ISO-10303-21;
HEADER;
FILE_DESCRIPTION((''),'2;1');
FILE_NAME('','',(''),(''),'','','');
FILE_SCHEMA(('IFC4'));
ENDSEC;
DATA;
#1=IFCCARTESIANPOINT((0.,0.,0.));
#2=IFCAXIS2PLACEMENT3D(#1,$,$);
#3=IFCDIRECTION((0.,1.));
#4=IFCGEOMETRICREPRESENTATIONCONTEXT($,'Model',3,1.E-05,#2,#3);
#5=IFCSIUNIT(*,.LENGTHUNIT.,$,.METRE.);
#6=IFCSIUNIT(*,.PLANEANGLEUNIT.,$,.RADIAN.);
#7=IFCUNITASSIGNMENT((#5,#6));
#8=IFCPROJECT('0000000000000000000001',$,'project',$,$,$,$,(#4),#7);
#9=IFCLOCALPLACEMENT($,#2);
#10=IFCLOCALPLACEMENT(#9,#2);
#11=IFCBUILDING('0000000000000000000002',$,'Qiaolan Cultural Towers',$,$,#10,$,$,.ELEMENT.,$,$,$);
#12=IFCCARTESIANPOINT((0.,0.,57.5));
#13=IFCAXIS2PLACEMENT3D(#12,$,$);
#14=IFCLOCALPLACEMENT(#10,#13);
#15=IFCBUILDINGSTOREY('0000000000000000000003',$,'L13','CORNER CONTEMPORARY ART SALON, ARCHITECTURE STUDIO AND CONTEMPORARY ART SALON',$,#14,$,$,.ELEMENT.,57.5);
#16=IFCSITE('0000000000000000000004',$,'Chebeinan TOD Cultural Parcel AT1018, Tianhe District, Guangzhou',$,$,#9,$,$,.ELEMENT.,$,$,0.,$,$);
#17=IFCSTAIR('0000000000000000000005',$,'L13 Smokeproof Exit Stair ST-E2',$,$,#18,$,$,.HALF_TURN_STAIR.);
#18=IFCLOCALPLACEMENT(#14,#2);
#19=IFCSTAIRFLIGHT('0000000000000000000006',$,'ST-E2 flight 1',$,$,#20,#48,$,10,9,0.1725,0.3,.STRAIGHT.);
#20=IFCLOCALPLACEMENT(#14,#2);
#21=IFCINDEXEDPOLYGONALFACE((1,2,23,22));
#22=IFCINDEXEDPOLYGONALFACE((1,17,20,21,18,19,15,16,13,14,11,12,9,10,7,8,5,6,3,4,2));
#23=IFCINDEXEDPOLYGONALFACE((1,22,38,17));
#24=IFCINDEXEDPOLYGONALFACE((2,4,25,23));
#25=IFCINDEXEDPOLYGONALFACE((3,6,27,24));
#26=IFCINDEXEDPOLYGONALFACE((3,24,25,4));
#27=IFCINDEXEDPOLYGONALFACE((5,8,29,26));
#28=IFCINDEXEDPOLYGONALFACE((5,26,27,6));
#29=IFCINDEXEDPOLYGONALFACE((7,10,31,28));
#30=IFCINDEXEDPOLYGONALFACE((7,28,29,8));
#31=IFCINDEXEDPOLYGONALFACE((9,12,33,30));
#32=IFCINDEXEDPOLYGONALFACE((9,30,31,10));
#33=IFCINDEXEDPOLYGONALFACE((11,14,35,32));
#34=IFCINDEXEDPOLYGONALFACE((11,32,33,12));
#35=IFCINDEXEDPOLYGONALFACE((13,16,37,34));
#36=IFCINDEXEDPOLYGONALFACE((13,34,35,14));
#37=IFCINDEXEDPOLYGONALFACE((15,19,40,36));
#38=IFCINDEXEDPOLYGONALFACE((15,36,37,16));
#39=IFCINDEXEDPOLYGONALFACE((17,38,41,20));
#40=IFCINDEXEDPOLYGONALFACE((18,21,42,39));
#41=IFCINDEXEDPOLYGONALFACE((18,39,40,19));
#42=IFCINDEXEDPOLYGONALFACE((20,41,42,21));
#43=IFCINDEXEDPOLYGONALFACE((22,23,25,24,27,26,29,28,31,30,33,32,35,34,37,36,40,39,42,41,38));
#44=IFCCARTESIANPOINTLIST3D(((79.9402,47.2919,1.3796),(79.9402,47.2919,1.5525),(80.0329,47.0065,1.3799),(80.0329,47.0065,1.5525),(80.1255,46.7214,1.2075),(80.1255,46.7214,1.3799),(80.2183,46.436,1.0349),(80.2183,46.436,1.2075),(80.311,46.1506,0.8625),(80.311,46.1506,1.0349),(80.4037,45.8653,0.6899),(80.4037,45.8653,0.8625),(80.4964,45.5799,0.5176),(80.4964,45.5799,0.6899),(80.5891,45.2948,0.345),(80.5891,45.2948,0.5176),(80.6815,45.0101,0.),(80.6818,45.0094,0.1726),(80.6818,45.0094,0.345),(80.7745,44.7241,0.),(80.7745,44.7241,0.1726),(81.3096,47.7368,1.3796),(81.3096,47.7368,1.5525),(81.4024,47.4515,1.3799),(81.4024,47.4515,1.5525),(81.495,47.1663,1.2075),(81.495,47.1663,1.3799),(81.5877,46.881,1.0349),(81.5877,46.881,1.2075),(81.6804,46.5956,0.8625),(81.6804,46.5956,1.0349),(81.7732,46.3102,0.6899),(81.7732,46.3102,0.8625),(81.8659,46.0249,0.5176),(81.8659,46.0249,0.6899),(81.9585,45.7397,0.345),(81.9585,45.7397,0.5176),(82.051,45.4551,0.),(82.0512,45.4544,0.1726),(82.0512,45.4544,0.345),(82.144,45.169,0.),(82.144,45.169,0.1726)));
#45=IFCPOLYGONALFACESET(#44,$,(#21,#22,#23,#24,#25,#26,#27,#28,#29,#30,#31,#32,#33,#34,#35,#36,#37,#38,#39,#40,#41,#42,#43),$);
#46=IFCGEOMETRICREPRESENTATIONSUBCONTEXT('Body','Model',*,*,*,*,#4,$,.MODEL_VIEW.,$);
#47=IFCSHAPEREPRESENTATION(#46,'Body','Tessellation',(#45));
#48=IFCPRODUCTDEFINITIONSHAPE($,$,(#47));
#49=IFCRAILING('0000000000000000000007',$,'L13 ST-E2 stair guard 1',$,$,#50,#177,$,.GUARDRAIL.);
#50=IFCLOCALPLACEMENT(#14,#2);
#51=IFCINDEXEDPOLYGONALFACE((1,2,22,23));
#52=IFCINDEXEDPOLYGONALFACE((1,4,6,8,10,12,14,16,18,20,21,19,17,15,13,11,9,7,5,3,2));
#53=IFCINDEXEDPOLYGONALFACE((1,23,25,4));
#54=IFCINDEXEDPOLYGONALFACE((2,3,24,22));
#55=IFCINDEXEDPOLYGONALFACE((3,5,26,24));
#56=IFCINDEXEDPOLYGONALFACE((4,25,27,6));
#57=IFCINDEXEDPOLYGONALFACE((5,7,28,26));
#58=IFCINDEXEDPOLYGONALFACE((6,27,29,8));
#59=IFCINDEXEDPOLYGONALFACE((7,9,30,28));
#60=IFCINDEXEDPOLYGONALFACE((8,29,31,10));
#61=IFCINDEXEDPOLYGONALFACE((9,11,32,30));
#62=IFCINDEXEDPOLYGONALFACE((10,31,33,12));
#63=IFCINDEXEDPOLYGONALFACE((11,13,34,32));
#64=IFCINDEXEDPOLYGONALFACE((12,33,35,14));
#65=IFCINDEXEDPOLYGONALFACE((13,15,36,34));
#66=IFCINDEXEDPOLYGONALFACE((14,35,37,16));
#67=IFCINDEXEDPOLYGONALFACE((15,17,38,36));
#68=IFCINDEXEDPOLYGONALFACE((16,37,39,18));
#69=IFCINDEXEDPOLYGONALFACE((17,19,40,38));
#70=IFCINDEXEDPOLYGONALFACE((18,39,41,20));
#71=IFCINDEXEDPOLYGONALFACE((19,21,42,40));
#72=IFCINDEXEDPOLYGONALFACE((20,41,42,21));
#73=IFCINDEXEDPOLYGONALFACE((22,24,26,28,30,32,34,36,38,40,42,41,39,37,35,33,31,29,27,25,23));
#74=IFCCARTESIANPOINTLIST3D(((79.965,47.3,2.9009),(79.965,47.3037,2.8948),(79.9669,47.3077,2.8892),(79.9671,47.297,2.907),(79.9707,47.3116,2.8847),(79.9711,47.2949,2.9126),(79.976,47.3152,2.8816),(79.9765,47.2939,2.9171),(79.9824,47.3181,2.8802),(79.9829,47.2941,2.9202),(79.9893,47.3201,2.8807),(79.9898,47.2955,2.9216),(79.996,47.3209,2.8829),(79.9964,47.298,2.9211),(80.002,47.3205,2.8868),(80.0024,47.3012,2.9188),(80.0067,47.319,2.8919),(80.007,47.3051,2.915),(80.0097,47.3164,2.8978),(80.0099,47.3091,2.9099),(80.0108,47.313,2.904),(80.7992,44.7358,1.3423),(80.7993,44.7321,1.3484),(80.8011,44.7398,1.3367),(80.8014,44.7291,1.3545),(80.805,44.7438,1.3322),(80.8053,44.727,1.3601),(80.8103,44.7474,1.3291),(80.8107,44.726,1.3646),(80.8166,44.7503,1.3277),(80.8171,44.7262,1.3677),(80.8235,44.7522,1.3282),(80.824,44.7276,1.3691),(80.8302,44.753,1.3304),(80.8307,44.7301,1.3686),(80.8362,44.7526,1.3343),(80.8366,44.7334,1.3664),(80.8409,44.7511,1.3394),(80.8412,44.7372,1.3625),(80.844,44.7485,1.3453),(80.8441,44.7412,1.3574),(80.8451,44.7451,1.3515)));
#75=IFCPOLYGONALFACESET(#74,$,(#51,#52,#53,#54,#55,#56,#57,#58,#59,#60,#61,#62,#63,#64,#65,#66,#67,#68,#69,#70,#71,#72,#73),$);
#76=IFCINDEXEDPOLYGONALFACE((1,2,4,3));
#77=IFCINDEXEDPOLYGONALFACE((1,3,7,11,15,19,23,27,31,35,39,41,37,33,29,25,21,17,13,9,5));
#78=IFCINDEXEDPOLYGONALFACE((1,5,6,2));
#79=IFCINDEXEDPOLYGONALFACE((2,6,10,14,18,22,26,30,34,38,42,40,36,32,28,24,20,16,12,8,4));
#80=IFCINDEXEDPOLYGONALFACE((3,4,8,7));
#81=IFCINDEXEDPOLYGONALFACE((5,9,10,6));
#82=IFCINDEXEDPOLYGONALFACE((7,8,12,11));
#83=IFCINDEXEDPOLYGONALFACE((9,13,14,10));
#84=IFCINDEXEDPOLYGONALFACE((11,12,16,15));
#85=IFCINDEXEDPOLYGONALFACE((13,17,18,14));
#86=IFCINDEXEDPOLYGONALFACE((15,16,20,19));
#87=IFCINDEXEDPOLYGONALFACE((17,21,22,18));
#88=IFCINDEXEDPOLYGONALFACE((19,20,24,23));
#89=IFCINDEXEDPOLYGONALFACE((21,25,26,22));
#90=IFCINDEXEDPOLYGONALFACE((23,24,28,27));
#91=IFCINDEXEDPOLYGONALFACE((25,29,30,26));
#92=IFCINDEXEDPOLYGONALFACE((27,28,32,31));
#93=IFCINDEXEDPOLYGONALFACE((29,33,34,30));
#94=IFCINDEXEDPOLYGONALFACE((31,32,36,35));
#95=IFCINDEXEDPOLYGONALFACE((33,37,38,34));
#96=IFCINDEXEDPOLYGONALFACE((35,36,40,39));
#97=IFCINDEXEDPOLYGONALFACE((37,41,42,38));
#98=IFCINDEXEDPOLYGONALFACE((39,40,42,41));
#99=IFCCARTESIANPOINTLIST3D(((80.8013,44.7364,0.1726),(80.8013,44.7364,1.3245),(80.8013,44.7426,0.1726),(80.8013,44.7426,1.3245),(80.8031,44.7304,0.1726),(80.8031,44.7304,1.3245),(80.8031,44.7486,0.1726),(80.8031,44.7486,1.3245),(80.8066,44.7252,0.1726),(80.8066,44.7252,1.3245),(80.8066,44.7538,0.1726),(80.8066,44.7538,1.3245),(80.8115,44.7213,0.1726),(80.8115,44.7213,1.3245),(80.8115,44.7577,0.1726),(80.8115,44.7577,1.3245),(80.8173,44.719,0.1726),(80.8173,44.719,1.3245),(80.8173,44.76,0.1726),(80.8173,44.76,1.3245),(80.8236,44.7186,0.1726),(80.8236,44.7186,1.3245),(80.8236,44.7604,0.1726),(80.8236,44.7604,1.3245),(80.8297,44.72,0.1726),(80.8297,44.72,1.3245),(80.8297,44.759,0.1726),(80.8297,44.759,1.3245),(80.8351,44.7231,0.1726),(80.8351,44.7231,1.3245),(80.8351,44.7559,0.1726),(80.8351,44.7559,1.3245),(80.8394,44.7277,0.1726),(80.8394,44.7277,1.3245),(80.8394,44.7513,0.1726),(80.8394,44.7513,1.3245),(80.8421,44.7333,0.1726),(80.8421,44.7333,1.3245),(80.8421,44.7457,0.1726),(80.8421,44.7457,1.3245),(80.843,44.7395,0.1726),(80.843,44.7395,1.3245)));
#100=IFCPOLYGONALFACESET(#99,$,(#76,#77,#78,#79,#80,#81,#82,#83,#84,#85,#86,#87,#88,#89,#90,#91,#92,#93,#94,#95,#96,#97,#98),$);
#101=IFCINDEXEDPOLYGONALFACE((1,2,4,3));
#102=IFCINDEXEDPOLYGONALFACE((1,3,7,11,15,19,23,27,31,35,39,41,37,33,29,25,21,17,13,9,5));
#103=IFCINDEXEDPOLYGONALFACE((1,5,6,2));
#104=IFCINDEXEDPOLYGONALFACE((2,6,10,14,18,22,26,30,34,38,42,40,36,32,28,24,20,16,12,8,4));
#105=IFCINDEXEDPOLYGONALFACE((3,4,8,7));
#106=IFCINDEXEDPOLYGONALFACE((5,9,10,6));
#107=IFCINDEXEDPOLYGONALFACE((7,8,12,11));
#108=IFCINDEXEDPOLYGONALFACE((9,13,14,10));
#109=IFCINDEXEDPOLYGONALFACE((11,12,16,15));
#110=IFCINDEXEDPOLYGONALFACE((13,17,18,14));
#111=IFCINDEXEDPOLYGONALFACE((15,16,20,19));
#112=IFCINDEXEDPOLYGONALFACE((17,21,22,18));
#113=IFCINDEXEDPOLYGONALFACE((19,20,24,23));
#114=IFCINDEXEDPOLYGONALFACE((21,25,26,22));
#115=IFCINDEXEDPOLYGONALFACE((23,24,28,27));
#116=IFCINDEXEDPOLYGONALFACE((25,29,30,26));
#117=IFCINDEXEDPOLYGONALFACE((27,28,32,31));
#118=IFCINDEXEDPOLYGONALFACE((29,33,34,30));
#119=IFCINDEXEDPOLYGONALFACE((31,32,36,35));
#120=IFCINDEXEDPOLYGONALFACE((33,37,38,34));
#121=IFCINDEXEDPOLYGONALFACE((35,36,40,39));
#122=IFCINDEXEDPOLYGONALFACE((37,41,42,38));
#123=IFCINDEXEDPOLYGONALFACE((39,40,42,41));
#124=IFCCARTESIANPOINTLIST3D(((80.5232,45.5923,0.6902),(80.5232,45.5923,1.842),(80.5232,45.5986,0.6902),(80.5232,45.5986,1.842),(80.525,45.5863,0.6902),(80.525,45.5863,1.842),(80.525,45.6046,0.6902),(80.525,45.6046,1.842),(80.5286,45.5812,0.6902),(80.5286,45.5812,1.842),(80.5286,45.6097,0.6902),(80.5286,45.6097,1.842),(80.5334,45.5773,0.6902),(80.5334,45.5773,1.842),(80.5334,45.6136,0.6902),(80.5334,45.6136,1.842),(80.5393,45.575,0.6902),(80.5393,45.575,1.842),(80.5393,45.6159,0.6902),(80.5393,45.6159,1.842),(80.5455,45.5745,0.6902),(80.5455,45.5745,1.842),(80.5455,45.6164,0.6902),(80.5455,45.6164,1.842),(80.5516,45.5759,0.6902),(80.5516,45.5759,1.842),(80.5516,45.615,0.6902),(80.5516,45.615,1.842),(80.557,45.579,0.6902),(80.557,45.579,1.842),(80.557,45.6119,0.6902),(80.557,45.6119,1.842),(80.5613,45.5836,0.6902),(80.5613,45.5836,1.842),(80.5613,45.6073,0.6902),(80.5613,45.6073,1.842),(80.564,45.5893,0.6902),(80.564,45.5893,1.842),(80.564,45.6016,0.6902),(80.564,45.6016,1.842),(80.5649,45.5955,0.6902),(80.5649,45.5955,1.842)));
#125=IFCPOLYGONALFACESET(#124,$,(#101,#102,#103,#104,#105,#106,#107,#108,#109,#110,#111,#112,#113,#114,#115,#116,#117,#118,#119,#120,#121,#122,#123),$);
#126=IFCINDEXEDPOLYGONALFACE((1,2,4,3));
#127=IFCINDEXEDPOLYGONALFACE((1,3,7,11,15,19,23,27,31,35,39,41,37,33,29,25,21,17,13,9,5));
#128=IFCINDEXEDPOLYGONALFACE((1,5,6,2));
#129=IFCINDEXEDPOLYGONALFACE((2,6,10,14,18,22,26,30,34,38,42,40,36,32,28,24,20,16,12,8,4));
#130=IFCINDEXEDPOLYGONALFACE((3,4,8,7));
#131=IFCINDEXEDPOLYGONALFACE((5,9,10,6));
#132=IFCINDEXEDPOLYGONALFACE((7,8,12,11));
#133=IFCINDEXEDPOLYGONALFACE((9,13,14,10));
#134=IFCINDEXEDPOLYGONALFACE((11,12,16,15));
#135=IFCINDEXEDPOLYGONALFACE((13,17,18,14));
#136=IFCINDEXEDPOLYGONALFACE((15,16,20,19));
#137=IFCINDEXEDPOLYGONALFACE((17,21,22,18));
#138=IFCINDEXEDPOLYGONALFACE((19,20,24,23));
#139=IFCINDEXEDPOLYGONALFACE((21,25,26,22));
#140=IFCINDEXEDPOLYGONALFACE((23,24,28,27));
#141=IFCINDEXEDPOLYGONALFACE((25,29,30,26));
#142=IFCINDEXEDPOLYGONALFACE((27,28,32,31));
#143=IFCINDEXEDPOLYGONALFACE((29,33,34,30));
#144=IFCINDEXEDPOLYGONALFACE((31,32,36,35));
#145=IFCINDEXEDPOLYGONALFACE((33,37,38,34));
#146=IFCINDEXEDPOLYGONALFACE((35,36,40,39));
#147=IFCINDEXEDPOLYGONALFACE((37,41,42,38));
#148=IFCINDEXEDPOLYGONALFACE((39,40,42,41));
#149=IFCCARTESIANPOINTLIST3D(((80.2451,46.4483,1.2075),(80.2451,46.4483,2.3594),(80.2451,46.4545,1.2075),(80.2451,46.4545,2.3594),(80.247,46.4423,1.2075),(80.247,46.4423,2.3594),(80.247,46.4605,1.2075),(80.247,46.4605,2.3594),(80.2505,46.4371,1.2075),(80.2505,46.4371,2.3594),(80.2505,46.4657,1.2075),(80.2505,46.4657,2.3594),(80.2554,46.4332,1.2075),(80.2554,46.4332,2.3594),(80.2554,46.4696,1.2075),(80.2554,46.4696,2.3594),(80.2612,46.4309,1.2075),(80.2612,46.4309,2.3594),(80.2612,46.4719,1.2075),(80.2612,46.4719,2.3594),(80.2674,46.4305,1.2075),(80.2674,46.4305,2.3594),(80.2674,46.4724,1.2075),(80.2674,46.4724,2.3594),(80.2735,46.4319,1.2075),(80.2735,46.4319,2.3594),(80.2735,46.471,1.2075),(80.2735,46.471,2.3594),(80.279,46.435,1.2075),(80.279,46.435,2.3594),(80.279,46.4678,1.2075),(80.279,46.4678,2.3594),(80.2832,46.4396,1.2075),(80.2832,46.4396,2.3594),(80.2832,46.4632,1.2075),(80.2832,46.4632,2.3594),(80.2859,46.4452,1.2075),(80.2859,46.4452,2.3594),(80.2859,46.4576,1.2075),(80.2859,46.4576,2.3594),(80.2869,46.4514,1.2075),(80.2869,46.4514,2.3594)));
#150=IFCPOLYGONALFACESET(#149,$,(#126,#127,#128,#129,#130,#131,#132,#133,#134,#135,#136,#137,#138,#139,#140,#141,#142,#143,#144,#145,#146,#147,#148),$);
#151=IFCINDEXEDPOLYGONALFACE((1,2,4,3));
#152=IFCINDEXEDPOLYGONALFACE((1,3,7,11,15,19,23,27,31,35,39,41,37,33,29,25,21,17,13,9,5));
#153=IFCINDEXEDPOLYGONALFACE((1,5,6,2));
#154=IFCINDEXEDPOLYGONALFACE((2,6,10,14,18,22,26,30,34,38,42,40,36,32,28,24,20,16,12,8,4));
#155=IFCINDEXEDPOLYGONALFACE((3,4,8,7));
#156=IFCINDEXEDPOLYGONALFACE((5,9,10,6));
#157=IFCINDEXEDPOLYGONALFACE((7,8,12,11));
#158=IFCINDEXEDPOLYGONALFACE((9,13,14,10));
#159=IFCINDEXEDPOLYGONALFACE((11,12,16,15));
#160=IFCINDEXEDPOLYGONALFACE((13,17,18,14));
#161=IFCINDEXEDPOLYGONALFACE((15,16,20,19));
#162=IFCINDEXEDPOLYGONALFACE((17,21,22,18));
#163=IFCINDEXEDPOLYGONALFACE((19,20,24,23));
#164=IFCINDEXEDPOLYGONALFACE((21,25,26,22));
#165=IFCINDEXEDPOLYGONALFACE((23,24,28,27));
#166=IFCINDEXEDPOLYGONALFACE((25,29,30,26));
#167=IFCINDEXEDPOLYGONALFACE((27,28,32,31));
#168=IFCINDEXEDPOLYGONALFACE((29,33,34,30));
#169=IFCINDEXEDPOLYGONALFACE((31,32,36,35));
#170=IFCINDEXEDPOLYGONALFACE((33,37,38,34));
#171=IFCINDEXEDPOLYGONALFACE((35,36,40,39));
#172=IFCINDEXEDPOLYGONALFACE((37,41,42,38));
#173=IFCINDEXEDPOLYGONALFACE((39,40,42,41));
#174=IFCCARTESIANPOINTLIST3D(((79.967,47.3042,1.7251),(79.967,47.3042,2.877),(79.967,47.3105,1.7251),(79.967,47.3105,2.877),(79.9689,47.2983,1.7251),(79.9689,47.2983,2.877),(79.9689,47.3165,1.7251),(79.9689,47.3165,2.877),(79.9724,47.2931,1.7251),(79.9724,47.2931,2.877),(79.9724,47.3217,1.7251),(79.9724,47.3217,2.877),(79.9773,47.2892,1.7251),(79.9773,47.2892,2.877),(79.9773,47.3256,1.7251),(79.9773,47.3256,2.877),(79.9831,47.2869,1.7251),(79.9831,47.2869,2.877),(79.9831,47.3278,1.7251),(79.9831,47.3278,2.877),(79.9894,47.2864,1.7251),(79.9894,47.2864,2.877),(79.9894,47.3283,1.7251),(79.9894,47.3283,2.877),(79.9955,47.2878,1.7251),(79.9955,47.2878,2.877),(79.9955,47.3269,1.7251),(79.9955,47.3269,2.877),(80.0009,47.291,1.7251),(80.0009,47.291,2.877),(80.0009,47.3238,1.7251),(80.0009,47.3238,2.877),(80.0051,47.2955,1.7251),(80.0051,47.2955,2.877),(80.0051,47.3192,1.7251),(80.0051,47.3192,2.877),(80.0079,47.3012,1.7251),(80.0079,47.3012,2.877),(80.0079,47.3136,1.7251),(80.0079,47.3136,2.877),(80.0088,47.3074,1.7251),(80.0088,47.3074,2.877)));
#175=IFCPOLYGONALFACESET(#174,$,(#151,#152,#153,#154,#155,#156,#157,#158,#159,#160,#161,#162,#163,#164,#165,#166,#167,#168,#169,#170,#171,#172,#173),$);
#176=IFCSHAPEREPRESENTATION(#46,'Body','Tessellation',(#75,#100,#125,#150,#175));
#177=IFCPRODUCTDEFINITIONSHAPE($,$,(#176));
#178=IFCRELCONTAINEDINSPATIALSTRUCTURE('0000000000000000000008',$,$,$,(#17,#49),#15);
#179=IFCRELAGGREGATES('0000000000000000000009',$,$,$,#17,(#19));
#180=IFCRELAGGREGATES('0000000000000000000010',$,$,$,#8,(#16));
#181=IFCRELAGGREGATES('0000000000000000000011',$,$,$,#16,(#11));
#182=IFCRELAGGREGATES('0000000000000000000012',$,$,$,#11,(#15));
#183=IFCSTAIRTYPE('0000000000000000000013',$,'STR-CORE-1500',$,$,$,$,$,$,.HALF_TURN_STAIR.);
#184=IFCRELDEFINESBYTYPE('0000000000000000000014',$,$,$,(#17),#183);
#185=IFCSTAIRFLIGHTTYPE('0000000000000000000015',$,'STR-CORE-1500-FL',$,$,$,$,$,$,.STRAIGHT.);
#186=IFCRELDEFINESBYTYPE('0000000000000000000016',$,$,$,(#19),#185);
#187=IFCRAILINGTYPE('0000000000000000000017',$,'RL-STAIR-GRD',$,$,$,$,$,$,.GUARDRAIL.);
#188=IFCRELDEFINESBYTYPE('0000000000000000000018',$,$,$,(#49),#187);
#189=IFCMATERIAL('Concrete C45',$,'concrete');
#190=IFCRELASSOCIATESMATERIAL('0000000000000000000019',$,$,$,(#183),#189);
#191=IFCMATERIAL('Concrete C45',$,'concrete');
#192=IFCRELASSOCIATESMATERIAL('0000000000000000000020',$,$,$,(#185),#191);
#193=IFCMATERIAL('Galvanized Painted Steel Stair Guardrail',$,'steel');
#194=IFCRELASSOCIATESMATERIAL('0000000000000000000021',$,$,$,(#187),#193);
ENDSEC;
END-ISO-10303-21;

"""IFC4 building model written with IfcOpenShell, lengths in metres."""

from ifc_helpers import new_model, si_unit, direction, frame, origin, origin_2d, place, context, subcontext, project, spatial, polyline, circle, outline, extrude, material, type_object, element, aggregate, save


model = new_model("IFC4")

# Units and contexts
model_context = context("Model", 3, precision=1e-05, world=origin(), true_north=direction((0.0, 1.0)))
body_context = subcontext(model_context, "Body", "Model", "MODEL_VIEW")
ifc_project = project(units=[si_unit("LENGTHUNIT", "METRE"), si_unit("PLANEANGLEUNIT", "RADIAN")], contexts=[model_context])

# Site, building, storey
site_placement = place(None, origin())
site = spatial("IfcSite", under=ifc_project, at=site_placement, Name="Chebeinan TOD Cultural Parcel AT1018, Tianhe District, Guangzhou", CompositionType="ELEMENT", RefElevation=0.0)
building_placement = place(site_placement, origin())
building = spatial("IfcBuilding", under=site, at=building_placement, Name="Qiaolan Cultural Towers", CompositionType="ELEMENT")
storey_placement = place(building_placement, frame((0.0, 0.0, 57.5)))
storey = spatial("IfcBuildingStorey", under=building, at=storey_placement, Name="L13", Description="CORNER CONTEMPORARY ART SALON, ARCHITECTURE STUDIO AND CONTEMPORARY ART SALON", CompositionType="ELEMENT", Elevation=57.5)

# Stair, stair flight
ifc_material_1 = material(Name="Concrete C45", Category="concrete")
stair_type = type_object("IfcStairType", Name="STR-CORE-1500", PredefinedType="HALF_TURN_STAIR", material=ifc_material_1)
stair_placement = place(storey_placement, origin())
stair = element("IfcStair", 1, at=stair_placement, inside=storey, type_object=stair_type, Name="L13 Smokeproof Exit Stair ST-E2", PredefinedType="HALF_TURN_STAIR")
ifc_material_2 = material(Name="Concrete C45", Category="concrete")
stair_flight_type = type_object("IfcStairFlightType", Name="STR-CORE-1500-FL", PredefinedType="STRAIGHT", material=ifc_material_2)
stair_flight_placement = place(storey_placement, frame((81.4592, 44.9465, 0.0), z_axis=(0.0, 0.0, 1.0), x_axis=(-0.309017, 0.951057, 0.0)))
stair_flight = element("IfcStairFlight", 2, at=stair_flight_placement, type_object=stair_flight_type, Name="ST-E2 flight 1", NumberOfRisers=10, NumberOfTreads=9, PredefinedType="STRAIGHT", RiserHeight=0.1725, TreadLength=0.3, context=body_context, shape_type="SweptSolid", body=[
    extrude(outline(polyline([(0.0, 0.0), (0.0, 0.1726), (0.3, 0.1726), (0.3, 0.345), (0.6001, 0.345), (0.6001, 0.5176), (0.8999, 0.5176), (0.8999, 0.6899), (1.2, 0.6899), (1.2, 0.8625), (1.5, 0.8625), (1.5, 1.0349), (1.8, 1.0349), (1.8, 1.2075), (2.1001, 1.2075), (2.1001, 1.3799), (2.3999, 1.3799), (2.3999, 1.5525), (2.7, 1.5525), (2.7, 1.7251), (2.7, 1.3796), (0.3008, 0.0), (0.0, 0.0)])), frame((0.0, 0.72, 0.0), z_axis=(0.0, -1.0, 0.0), x_axis=(1.0, 0.0, 0.0)), (0.0, 0.0, 1.0), 1.4399),
])
aggregate(stair, [stair_flight])

# Railing
ifc_material_3 = material(Name="Galvanized Painted Steel Stair Guardrail", Category="steel")
railing_type_1 = type_object("IfcRailingType", Name="RL-STAIR-GRD", PredefinedType="GUARDRAIL", material=ifc_material_3)
railing_1_placement = place(storey_placement, frame((80.822, 44.7395, 0.1726)))
element("IfcRailing", 3, at=railing_1_placement, inside=storey, type_object=railing_type_1, Name="L13 ST-E2 stair guard 1", PredefinedType="GUARDRAIL", context=body_context, shape_type="SweptSolid", body=[
    extrude(circle(Radius=0.0239, at=origin_2d()), frame((0.0, 0.0, 1.1758), z_axis=(-0.267853, 0.824488, 0.498471), x_axis=(-0.95107, -0.308976, 0.0)), (0.0, 0.0, 1.0), 3.1145),
    extrude(circle(Radius=0.021, at=origin_2d()), origin(), (0.0, 0.0, 1.0), 1.1519),
    extrude(circle(Radius=0.021, at=origin_2d()), frame((-0.2781, 0.856, 0.5176)), (0.0, 0.0, 1.0), 1.1519),
    extrude(circle(Radius=0.021, at=origin_2d()), frame((-0.5562, 1.7119, 1.0349)), (0.0, 0.0, 1.0), 1.1519),
    extrude(circle(Radius=0.021, at=origin_2d()), frame((-0.8342, 2.5679, 1.5525)), (0.0, 0.0, 1.0), 1.1519),
])

save(model, "model.ifc")
